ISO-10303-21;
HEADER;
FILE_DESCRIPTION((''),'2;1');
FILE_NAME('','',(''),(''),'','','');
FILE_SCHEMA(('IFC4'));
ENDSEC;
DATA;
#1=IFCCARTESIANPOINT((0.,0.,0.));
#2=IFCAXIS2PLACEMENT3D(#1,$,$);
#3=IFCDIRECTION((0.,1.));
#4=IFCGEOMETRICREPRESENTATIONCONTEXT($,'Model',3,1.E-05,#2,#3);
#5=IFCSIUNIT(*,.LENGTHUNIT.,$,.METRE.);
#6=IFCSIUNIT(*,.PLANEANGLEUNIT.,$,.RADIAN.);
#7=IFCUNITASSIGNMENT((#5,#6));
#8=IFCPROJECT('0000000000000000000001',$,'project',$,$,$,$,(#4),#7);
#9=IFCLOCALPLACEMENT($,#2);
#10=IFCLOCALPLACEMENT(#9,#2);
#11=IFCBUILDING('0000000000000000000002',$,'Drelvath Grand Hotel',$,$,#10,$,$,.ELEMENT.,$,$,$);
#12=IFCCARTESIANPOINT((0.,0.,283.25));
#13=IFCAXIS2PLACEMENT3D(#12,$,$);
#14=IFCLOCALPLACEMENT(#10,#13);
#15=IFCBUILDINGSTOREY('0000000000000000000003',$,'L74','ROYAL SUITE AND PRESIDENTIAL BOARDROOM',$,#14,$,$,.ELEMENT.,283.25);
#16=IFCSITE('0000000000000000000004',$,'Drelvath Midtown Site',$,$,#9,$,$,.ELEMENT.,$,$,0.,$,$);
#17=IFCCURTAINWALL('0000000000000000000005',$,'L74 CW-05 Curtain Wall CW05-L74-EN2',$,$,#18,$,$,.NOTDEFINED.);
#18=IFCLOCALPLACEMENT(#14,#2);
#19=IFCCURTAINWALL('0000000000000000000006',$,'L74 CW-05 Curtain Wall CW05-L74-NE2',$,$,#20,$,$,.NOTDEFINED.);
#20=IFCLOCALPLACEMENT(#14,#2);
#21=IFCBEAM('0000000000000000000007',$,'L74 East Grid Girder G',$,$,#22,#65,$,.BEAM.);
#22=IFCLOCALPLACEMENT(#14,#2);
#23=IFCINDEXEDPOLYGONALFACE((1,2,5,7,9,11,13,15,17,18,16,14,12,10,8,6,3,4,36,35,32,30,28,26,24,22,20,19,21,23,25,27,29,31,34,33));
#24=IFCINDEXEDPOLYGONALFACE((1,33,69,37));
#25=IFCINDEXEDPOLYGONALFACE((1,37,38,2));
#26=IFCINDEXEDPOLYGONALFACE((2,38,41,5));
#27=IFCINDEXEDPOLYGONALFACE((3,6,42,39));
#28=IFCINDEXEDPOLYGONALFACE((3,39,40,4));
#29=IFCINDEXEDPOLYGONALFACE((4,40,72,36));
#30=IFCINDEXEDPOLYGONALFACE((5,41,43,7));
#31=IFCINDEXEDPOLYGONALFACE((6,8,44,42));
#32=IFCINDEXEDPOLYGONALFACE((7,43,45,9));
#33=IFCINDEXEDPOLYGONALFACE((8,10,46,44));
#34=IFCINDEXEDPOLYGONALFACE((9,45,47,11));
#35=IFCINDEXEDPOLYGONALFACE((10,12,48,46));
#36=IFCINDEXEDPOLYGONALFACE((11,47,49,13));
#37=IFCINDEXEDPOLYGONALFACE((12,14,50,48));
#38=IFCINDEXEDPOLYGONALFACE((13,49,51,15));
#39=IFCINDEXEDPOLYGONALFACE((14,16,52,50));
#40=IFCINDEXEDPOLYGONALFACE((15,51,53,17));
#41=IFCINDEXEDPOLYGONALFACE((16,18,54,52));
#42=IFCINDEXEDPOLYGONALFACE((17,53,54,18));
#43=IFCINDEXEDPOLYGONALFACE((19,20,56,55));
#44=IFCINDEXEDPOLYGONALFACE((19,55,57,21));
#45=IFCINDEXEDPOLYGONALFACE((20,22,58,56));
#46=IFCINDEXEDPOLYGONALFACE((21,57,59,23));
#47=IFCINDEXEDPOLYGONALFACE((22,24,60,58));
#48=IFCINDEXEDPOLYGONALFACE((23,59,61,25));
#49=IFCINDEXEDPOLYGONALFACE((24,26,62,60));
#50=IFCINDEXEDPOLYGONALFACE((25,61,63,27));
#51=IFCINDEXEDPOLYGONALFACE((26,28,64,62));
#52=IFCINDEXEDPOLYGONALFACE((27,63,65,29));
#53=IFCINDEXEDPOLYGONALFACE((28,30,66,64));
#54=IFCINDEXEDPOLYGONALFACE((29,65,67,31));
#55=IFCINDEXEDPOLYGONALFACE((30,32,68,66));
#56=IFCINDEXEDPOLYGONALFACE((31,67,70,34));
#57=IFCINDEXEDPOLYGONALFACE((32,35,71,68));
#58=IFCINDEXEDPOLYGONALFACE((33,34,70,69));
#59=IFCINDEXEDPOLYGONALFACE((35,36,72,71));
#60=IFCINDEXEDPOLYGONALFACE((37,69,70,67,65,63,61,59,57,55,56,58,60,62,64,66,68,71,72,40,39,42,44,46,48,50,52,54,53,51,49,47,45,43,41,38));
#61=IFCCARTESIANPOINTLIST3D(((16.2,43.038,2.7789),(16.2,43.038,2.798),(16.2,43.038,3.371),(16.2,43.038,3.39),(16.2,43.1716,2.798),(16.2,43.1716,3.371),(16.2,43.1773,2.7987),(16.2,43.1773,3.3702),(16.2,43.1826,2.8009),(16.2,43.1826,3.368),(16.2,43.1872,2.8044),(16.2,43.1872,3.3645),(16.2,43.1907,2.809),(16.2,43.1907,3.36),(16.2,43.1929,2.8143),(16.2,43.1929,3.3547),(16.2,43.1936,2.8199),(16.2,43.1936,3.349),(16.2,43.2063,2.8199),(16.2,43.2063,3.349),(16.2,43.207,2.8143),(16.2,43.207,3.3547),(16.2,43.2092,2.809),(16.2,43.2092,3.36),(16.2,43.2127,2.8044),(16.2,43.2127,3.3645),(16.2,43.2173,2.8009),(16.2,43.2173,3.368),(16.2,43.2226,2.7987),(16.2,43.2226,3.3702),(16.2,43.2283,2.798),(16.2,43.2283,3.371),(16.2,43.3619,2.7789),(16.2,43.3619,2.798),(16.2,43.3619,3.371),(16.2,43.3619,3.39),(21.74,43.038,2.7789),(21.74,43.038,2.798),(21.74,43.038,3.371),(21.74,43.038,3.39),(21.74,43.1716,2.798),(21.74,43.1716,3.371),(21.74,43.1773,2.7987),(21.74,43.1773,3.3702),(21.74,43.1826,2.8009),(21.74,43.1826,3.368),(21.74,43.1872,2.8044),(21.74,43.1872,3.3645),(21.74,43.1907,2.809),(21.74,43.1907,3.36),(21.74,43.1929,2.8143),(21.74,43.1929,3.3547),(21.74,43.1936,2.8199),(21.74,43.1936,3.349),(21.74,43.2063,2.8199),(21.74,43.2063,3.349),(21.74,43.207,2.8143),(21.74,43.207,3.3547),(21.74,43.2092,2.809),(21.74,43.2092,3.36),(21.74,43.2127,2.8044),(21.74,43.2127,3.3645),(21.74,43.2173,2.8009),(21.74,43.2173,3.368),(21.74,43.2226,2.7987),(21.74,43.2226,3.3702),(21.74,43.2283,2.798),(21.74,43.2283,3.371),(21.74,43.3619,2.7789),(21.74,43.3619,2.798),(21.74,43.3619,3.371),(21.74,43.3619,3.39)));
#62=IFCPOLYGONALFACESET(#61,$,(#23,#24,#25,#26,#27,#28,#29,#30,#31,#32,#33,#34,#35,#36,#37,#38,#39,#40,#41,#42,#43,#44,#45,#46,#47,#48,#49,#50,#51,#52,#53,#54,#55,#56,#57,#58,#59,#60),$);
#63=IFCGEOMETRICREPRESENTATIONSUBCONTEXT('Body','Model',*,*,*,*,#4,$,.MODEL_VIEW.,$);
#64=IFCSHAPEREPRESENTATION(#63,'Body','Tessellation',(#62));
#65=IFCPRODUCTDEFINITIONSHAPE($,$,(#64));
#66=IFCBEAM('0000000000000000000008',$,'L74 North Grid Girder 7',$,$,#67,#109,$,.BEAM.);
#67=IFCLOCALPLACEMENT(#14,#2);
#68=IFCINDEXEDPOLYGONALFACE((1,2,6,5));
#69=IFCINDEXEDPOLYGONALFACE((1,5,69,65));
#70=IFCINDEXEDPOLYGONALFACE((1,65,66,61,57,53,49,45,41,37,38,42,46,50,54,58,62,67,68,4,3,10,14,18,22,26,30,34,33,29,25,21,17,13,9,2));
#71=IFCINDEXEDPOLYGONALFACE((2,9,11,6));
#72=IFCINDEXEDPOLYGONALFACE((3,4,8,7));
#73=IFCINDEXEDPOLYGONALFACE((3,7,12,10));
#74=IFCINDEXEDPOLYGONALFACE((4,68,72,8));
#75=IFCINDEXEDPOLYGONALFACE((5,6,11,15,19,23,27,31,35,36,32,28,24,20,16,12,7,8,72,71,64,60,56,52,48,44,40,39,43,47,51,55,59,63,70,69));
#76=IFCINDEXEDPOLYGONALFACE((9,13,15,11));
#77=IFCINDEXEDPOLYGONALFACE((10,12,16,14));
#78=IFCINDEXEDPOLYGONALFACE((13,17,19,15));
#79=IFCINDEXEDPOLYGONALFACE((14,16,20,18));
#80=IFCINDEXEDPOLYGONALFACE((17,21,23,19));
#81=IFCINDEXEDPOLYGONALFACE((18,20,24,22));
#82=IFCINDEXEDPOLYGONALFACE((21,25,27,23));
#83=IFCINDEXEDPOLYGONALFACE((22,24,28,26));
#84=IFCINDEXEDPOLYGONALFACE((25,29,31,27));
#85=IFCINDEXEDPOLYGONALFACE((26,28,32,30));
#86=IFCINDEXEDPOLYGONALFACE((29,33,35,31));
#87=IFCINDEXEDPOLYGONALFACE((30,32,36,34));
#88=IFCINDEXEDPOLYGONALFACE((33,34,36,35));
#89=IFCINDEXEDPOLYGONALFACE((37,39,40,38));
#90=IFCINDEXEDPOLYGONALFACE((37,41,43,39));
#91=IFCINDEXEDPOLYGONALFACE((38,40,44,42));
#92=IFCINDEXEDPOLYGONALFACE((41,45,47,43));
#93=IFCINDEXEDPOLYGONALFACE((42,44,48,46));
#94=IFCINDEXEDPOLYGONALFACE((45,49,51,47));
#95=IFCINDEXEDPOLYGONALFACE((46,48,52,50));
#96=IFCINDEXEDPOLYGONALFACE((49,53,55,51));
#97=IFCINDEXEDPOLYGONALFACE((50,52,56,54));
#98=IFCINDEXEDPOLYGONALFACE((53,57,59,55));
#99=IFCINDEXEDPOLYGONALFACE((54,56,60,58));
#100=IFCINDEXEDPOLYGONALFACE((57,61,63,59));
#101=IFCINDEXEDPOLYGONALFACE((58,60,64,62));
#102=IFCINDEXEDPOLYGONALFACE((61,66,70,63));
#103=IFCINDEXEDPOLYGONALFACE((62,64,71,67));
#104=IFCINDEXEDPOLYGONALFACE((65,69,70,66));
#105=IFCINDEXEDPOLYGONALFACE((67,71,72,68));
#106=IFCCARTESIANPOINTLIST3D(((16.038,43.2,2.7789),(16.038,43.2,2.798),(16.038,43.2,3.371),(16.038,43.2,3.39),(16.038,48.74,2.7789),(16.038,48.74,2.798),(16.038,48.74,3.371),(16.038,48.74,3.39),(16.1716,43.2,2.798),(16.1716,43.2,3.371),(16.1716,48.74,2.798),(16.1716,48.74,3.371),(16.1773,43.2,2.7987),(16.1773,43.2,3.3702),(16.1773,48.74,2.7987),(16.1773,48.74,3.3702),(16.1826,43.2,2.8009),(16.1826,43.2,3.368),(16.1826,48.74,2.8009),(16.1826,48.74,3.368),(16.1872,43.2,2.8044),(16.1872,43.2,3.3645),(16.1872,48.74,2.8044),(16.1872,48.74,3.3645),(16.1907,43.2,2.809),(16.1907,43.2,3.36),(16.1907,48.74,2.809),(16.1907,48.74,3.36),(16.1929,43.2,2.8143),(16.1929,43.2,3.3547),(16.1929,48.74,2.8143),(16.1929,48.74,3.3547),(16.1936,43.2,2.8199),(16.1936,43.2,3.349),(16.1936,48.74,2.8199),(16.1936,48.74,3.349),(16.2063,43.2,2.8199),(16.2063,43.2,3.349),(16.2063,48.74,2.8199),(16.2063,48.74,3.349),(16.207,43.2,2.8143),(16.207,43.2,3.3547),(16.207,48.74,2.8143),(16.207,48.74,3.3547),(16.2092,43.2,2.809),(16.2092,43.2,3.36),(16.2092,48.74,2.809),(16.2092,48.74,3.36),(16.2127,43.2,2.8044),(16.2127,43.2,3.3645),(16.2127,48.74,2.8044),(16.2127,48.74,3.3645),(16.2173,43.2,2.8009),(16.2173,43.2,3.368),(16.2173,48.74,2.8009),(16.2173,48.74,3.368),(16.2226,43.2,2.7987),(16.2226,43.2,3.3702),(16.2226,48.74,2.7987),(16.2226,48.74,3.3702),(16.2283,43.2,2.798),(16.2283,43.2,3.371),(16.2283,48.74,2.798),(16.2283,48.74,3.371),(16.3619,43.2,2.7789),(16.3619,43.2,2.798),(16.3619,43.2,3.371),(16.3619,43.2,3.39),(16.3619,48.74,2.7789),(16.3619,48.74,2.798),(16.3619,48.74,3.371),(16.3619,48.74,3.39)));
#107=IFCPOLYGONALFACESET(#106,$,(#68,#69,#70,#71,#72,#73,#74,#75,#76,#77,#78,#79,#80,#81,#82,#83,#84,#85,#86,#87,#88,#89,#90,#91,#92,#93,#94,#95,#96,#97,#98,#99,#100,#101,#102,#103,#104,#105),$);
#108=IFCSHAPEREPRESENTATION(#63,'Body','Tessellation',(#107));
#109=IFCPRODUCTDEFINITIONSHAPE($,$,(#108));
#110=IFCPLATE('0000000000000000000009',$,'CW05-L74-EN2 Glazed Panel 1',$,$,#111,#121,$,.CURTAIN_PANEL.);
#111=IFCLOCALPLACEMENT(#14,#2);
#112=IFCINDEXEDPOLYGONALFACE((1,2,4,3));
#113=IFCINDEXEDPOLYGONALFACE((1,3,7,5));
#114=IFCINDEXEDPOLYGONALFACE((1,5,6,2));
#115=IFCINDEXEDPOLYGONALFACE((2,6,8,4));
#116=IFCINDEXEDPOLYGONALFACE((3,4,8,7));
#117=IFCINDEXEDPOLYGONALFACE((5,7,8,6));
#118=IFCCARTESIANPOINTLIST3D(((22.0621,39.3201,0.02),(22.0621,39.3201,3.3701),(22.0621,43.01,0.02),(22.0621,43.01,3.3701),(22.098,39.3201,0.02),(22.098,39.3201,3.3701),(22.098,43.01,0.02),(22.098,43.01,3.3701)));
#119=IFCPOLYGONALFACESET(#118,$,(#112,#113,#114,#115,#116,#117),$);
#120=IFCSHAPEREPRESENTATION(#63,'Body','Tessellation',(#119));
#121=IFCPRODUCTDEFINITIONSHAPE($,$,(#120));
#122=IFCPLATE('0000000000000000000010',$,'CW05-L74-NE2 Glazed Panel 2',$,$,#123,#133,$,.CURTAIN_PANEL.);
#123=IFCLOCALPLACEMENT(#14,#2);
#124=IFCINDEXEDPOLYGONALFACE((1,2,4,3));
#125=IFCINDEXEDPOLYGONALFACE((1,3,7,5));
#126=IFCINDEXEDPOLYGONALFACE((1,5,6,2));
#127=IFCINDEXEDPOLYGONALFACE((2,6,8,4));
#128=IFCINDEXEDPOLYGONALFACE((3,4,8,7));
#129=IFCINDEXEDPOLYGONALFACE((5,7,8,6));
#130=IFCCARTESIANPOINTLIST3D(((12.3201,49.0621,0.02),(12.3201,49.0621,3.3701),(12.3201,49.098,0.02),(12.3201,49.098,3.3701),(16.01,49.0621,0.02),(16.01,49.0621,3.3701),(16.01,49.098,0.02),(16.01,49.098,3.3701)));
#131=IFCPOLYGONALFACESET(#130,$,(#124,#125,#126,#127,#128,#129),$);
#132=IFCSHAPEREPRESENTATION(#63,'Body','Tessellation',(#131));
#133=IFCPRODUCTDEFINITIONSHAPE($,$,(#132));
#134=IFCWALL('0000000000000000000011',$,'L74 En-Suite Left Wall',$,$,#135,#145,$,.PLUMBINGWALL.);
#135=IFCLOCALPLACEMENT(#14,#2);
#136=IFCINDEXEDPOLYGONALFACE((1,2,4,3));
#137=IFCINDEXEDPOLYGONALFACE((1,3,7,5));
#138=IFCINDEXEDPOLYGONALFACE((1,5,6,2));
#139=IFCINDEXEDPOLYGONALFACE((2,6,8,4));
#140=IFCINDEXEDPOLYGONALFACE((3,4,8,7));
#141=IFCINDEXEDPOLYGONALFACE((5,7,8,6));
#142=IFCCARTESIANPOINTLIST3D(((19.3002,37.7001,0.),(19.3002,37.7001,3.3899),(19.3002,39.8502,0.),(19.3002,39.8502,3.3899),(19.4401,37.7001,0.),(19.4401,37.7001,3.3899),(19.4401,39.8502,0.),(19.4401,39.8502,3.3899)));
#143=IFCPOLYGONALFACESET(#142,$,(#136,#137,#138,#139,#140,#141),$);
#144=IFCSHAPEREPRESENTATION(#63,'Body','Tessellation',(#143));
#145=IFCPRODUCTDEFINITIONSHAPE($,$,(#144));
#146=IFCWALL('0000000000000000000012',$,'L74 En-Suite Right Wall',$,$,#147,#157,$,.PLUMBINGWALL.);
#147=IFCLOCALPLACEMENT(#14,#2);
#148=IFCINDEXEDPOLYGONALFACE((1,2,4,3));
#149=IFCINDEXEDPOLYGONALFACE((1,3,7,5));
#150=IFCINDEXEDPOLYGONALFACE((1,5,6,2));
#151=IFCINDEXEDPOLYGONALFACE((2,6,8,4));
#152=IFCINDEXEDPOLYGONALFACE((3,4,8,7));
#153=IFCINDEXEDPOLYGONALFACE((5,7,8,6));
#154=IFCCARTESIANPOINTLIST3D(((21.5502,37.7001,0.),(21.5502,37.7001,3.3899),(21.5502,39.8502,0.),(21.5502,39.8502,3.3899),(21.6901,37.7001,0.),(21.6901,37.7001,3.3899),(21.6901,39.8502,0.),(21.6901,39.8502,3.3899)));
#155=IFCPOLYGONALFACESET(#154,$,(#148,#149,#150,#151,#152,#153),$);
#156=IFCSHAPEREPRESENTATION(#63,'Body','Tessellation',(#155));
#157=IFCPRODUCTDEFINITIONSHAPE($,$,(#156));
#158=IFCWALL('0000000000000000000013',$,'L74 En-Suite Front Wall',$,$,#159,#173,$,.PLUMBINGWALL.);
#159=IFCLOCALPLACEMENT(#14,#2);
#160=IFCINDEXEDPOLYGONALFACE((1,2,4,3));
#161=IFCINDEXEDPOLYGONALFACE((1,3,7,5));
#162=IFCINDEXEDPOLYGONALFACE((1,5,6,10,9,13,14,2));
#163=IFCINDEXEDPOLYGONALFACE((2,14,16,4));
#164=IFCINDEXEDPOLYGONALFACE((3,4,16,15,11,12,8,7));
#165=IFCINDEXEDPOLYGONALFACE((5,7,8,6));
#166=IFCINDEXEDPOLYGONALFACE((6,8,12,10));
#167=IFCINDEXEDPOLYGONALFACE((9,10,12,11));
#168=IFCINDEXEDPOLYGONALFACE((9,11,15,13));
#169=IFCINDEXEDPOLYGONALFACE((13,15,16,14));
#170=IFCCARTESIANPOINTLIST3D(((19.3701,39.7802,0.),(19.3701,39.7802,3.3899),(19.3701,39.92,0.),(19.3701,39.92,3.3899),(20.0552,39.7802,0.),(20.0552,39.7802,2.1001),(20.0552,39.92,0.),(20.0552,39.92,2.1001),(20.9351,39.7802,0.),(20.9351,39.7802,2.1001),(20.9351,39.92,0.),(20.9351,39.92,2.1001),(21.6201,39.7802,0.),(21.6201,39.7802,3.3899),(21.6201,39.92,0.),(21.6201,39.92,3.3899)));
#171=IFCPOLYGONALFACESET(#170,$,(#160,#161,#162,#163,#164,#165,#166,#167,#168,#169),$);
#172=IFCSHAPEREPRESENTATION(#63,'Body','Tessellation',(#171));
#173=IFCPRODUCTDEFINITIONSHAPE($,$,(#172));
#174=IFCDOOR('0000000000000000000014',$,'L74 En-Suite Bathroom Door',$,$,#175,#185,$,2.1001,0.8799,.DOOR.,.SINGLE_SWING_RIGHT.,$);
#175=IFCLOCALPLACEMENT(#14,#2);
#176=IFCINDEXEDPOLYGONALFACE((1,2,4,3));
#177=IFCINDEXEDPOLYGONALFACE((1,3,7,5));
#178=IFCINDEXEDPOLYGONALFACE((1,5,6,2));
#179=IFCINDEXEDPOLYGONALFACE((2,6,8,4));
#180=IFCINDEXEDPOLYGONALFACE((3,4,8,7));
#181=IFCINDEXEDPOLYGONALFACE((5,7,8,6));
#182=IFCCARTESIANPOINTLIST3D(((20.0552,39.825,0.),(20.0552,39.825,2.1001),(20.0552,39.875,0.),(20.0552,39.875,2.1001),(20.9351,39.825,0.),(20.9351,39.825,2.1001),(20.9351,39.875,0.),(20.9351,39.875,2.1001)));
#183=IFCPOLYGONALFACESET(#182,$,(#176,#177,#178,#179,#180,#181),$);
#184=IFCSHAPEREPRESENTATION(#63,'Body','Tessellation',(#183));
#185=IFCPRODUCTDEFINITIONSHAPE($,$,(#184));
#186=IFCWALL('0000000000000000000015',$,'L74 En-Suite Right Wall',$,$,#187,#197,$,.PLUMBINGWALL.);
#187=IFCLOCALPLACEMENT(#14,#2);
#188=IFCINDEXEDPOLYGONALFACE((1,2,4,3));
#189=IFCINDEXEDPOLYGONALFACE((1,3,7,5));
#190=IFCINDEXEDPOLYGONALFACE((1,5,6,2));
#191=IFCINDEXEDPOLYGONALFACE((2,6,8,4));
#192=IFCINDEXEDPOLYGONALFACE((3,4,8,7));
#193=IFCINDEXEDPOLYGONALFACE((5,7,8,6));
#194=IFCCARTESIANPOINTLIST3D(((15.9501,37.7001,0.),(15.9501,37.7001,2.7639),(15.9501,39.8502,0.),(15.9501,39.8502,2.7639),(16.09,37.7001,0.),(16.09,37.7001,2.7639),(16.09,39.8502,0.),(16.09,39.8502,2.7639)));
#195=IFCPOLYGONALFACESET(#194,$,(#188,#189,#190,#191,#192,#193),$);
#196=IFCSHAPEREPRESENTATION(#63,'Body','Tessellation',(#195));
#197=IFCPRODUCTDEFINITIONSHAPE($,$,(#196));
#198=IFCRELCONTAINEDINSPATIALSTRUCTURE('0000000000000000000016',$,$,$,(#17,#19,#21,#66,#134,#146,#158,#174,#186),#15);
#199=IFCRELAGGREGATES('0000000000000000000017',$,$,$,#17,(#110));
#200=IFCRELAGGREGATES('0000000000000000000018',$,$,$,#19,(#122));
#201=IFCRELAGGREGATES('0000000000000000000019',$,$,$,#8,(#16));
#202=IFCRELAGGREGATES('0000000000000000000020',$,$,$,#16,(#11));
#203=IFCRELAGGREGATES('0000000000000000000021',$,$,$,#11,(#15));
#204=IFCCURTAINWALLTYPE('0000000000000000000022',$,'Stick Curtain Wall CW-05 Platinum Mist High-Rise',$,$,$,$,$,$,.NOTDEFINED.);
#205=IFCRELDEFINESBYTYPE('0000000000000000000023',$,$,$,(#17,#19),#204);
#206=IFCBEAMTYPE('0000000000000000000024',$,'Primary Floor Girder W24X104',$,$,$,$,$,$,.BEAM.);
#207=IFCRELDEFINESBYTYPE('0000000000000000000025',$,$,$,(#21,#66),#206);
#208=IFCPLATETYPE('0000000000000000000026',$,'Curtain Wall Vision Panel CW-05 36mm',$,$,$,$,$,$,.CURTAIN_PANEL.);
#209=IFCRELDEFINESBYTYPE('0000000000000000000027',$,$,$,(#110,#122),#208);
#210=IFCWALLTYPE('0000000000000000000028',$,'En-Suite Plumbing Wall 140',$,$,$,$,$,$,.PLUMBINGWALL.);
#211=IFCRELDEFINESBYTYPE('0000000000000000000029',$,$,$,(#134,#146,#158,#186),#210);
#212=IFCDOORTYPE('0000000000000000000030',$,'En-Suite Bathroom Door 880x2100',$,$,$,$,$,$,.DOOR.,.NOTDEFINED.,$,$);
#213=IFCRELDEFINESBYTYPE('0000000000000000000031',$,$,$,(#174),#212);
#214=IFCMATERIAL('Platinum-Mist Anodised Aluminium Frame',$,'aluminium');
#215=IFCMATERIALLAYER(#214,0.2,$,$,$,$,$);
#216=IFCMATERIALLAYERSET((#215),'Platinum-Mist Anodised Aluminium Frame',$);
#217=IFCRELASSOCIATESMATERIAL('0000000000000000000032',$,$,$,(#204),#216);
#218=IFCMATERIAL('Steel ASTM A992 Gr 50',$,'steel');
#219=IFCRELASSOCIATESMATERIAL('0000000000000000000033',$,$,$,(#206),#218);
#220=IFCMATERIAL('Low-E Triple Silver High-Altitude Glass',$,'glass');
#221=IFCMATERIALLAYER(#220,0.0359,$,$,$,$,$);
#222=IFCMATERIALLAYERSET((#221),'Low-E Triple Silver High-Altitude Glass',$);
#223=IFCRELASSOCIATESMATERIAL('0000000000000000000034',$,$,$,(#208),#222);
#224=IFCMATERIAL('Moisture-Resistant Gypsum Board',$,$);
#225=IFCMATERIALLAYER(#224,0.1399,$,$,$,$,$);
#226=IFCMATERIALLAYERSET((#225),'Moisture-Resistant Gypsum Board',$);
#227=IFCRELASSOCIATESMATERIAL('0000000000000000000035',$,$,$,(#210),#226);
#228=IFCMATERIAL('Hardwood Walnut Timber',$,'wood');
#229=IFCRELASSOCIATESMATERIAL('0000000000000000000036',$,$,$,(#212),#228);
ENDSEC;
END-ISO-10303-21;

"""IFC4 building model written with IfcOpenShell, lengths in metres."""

from ifc_helpers import new_model, si_unit, direction, frame, frame_2d, origin, origin_2d, place, context, subcontext, project, spatial, rectangle, i_section, extrude, material, layer, layer_set, material_profile, profile_set, type_object, element, fill, aggregate, save


model = new_model("IFC4")

# Units and contexts
model_context = context("Model", 3, precision=1e-05, world=origin(), true_north=direction((0.0, 1.0)))
body_context = subcontext(model_context, "Body", "Model", "MODEL_VIEW")
ifc_project = project(units=[si_unit("LENGTHUNIT", "METRE"), si_unit("PLANEANGLEUNIT", "RADIAN")], contexts=[model_context])

# Site, building, storey
site_placement = place(None, origin())
site = spatial("IfcSite", under=ifc_project, at=site_placement, Name="Drelvath Midtown Site", CompositionType="ELEMENT", RefElevation=0.0)
building_placement = place(site_placement, origin())
building = spatial("IfcBuilding", under=site, at=building_placement, Name="Drelvath Grand Hotel", CompositionType="ELEMENT")
storey_placement = place(building_placement, frame((0.0, 0.0, 283.25)))
storey = spatial("IfcBuildingStorey", under=building, at=storey_placement, Name="L74", Description="ROYAL SUITE AND PRESIDENTIAL BOARDROOM", CompositionType="ELEMENT", Elevation=283.25)

# Curtain wall
ifc_material_1 = material(Name="Platinum-Mist Anodised Aluminium Frame", Category="aluminium")
ifc_layer_1 = layer(ifc_material_1, 0.2)
ifc_layer_set_1 = layer_set([ifc_layer_1], Name="Platinum-Mist Anodised Aluminium Frame")
curtain_wall_type = type_object("IfcCurtainWallType", Name="Stick Curtain Wall CW-05 Platinum Mist High-Rise", PredefinedType="NOTDEFINED", material=ifc_layer_set_1)
curtain_wall_1_placement = place(storey_placement, origin())
curtain_wall_1 = element("IfcCurtainWall", 1, at=curtain_wall_1_placement, inside=storey, type_object=curtain_wall_type, Name="L74 CW-05 Curtain Wall CW05-L74-EN2", PredefinedType="NOTDEFINED")

# Curtain wall
curtain_wall_2_placement = place(storey_placement, origin())
curtain_wall_2 = element("IfcCurtainWall", 2, at=curtain_wall_2_placement, inside=storey, type_object=curtain_wall_type, Name="L74 CW-05 Curtain Wall CW05-L74-NE2", PredefinedType="NOTDEFINED")

# Beams
ifc_material_2 = material(Name="Steel ASTM A992 Gr 50", Category="steel")
ifc_material_profile_1 = material_profile(ifc_material_2, i_section(OverallWidth=0.324, OverallDepth=0.6111, WebThickness=0.0127, FlangeThickness=0.019, FilletRadius=0.022, at=origin_2d()), Name="W24X104")
ifc_profile_set_1 = profile_set([ifc_material_profile_1], Name="Steel ASTM A992 Gr 50")
beam_type = type_object("IfcBeamType", Name="Primary Floor Girder W24X104", PredefinedType="BEAM", material=ifc_profile_set_1)
for number, where, z_axis, x_axis, name in (
    (3, (16.2, 43.2, 3.0845), (1.0, 0.0, 0.0), (0.0, 1.0, 0.0), "L74 East Grid Girder G"),
    (4, (16.2, 43.2, 3.0845), (0.0, 1.0, 0.0), (-1.0, 0.0, 0.0), "L74 North Grid Girder 7"),
):
    element("IfcBeam", number, at=place(storey_placement, frame(where, z_axis=z_axis, x_axis=x_axis)), inside=storey, type_object=beam_type, Name=name, PredefinedType="BEAM", context=body_context, shape_type="SweptSolid", body=[
        extrude(i_section(OverallWidth=0.324, OverallDepth=0.6111, WebThickness=0.0127, FlangeThickness=0.019, FilletRadius=0.022, at=origin_2d()), origin(), (0.0, 0.0, 1.0), 5.54),
    ])

# Plates
ifc_material_3 = material(Name="Low-E Triple Silver High-Altitude Glass", Category="glass")
ifc_layer_2 = layer(ifc_material_3, 0.0359)
ifc_layer_set_2 = layer_set([ifc_layer_2], Name="Low-E Triple Silver High-Altitude Glass")
plate_type = type_object("IfcPlateType", Name="Curtain Wall Vision Panel CW-05 36mm", PredefinedType="CURTAIN_PANEL", material=ifc_layer_set_2)
plate_1_placement = place(storey_placement, frame((22.0801, 41.165, 0.02), z_axis=(0.0, 0.0, 1.0), x_axis=(0.0, -1.0, 0.0)))
plate_1 = element("IfcPlate", 5, at=plate_1_placement, type_object=plate_type, Name="CW05-L74-EN2 Glazed Panel 1", PredefinedType="CURTAIN_PANEL", context=body_context, shape_type="SweptSolid", body=[
    extrude(rectangle(XDim=3.6899, YDim=0.0359, at=origin_2d()), origin(), (0.0, 0.0, 1.0), 3.3501),
])
aggregate(curtain_wall_1, [plate_1])
plate_2_placement = place(storey_placement, frame((14.165, 49.0801, 0.02), z_axis=(0.0, 0.0, 1.0), x_axis=(1.0, 0.0, 0.0)))
plate_2 = element("IfcPlate", 6, at=plate_2_placement, type_object=plate_type, Name="CW05-L74-NE2 Glazed Panel 2", PredefinedType="CURTAIN_PANEL", context=body_context, shape_type="SweptSolid", body=[
    extrude(rectangle(XDim=3.6899, YDim=0.0359, at=origin_2d()), origin(), (0.0, 0.0, 1.0), 3.3501),
])
aggregate(curtain_wall_2, [plate_2])

# Walls
ifc_material_4 = material(Name="Moisture-Resistant Gypsum Board")
ifc_layer_3 = layer(ifc_material_4, 0.1399)
ifc_layer_set_3 = layer_set([ifc_layer_3], Name="Moisture-Resistant Gypsum Board")
wall_type_1 = type_object("IfcWallType", Name="En-Suite Plumbing Wall 140", PredefinedType="PLUMBINGWALL", material=ifc_layer_set_3)
for number, where, z_axis, x_axis, name in (
    (7, (19.3701, 37.7, 0.0), (0.0, 0.0, 1.0), (0.0, 1.0, 0.0), "L74 En-Suite Left Wall"),
    (8, (21.6201, 37.7, 0.0), (0.0, 0.0, 1.0), (0.0, 1.0, 0.0), "L74 En-Suite Right Wall"),
):
    element("IfcWall", number, at=place(storey_placement, frame(where, z_axis=z_axis, x_axis=x_axis)), inside=storey, type_object=wall_type_1, Name=name, PredefinedType="PLUMBINGWALL", context=body_context, shape_type="SweptSolid", body=[
        extrude(rectangle(XDim=2.1501, YDim=0.1399, at=frame_2d((1.0752, 0.0))), origin(), (0.0, 0.0, 1.0), 3.3899),
    ])

# Wall, opening, door
wall_1_placement = place(storey_placement, frame((19.3701, 39.8501, 0.0), z_axis=(0.0, 0.0, 1.0), x_axis=(1.0, 0.0, 0.0)))
wall_1 = element("IfcWall", 9, at=wall_1_placement, inside=storey, type_object=wall_type_1, Name="L74 En-Suite Front Wall", PredefinedType="PLUMBINGWALL", context=body_context, shape_type="SweptSolid", body=[
    extrude(rectangle(XDim=2.25, YDim=0.1399, at=frame_2d((1.125, 0.0))), origin(), (0.0, 0.0, 1.0), 3.3899),
])
opening_placement = place(wall_1_placement, frame((0.6851, 0.0, 0.0)))
opening = element("IfcOpeningElement", 10, at=opening_placement, cuts=wall_1, PredefinedType="OPENING", context=body_context, shape_type="SweptSolid", body=[
    extrude(rectangle(XDim=0.8799, YDim=2.1001, at=frame_2d((0.4399, 1.05))), frame((0.0, 0.0798, 0.0), z_axis=(0.0, -1.0, 0.0), x_axis=(1.0, 0.0, 0.0)), (0.0, 0.0, 1.0), 0.1599),
])
ifc_material_5 = material(Name="Hardwood Walnut Timber", Category="wood")
door_type = type_object("IfcDoorType", Name="En-Suite Bathroom Door 880x2100", OperationType="NOTDEFINED", PredefinedType="DOOR", material=ifc_material_5)
door_placement = place(opening_placement, origin())
door = element("IfcDoor", 11, at=door_placement, inside=storey, type_object=door_type, Name="L74 En-Suite Bathroom Door", OperationType="SINGLE_SWING_RIGHT", OverallHeight=2.1001, OverallWidth=0.8799, PredefinedType="DOOR", context=body_context, shape_type="SweptSolid", body=[
    extrude(rectangle(XDim=0.8799, YDim=2.1001, at=frame_2d((0.4399, 1.05))), frame((0.0, 0.0249, 0.0), z_axis=(0.0, -1.0, 0.0), x_axis=(1.0, 0.0, 0.0)), (0.0, 0.0, 1.0), 0.05),
])
fill(opening, door)

# Wall
wall_2_placement = place(storey_placement, frame((16.02, 37.7, 0.0), z_axis=(0.0, 0.0, 1.0), x_axis=(0.0, 1.0, 0.0)))
element("IfcWall", 12, at=wall_2_placement, inside=storey, type_object=wall_type_1, Name="L74 En-Suite Right Wall", PredefinedType="PLUMBINGWALL", context=body_context, shape_type="SweptSolid", body=[
    extrude(rectangle(XDim=2.1501, YDim=0.1399, at=frame_2d((1.0752, 0.0))), origin(), (0.0, 0.0, 1.0), 2.7639),
])

save(model, "model.ifc")
